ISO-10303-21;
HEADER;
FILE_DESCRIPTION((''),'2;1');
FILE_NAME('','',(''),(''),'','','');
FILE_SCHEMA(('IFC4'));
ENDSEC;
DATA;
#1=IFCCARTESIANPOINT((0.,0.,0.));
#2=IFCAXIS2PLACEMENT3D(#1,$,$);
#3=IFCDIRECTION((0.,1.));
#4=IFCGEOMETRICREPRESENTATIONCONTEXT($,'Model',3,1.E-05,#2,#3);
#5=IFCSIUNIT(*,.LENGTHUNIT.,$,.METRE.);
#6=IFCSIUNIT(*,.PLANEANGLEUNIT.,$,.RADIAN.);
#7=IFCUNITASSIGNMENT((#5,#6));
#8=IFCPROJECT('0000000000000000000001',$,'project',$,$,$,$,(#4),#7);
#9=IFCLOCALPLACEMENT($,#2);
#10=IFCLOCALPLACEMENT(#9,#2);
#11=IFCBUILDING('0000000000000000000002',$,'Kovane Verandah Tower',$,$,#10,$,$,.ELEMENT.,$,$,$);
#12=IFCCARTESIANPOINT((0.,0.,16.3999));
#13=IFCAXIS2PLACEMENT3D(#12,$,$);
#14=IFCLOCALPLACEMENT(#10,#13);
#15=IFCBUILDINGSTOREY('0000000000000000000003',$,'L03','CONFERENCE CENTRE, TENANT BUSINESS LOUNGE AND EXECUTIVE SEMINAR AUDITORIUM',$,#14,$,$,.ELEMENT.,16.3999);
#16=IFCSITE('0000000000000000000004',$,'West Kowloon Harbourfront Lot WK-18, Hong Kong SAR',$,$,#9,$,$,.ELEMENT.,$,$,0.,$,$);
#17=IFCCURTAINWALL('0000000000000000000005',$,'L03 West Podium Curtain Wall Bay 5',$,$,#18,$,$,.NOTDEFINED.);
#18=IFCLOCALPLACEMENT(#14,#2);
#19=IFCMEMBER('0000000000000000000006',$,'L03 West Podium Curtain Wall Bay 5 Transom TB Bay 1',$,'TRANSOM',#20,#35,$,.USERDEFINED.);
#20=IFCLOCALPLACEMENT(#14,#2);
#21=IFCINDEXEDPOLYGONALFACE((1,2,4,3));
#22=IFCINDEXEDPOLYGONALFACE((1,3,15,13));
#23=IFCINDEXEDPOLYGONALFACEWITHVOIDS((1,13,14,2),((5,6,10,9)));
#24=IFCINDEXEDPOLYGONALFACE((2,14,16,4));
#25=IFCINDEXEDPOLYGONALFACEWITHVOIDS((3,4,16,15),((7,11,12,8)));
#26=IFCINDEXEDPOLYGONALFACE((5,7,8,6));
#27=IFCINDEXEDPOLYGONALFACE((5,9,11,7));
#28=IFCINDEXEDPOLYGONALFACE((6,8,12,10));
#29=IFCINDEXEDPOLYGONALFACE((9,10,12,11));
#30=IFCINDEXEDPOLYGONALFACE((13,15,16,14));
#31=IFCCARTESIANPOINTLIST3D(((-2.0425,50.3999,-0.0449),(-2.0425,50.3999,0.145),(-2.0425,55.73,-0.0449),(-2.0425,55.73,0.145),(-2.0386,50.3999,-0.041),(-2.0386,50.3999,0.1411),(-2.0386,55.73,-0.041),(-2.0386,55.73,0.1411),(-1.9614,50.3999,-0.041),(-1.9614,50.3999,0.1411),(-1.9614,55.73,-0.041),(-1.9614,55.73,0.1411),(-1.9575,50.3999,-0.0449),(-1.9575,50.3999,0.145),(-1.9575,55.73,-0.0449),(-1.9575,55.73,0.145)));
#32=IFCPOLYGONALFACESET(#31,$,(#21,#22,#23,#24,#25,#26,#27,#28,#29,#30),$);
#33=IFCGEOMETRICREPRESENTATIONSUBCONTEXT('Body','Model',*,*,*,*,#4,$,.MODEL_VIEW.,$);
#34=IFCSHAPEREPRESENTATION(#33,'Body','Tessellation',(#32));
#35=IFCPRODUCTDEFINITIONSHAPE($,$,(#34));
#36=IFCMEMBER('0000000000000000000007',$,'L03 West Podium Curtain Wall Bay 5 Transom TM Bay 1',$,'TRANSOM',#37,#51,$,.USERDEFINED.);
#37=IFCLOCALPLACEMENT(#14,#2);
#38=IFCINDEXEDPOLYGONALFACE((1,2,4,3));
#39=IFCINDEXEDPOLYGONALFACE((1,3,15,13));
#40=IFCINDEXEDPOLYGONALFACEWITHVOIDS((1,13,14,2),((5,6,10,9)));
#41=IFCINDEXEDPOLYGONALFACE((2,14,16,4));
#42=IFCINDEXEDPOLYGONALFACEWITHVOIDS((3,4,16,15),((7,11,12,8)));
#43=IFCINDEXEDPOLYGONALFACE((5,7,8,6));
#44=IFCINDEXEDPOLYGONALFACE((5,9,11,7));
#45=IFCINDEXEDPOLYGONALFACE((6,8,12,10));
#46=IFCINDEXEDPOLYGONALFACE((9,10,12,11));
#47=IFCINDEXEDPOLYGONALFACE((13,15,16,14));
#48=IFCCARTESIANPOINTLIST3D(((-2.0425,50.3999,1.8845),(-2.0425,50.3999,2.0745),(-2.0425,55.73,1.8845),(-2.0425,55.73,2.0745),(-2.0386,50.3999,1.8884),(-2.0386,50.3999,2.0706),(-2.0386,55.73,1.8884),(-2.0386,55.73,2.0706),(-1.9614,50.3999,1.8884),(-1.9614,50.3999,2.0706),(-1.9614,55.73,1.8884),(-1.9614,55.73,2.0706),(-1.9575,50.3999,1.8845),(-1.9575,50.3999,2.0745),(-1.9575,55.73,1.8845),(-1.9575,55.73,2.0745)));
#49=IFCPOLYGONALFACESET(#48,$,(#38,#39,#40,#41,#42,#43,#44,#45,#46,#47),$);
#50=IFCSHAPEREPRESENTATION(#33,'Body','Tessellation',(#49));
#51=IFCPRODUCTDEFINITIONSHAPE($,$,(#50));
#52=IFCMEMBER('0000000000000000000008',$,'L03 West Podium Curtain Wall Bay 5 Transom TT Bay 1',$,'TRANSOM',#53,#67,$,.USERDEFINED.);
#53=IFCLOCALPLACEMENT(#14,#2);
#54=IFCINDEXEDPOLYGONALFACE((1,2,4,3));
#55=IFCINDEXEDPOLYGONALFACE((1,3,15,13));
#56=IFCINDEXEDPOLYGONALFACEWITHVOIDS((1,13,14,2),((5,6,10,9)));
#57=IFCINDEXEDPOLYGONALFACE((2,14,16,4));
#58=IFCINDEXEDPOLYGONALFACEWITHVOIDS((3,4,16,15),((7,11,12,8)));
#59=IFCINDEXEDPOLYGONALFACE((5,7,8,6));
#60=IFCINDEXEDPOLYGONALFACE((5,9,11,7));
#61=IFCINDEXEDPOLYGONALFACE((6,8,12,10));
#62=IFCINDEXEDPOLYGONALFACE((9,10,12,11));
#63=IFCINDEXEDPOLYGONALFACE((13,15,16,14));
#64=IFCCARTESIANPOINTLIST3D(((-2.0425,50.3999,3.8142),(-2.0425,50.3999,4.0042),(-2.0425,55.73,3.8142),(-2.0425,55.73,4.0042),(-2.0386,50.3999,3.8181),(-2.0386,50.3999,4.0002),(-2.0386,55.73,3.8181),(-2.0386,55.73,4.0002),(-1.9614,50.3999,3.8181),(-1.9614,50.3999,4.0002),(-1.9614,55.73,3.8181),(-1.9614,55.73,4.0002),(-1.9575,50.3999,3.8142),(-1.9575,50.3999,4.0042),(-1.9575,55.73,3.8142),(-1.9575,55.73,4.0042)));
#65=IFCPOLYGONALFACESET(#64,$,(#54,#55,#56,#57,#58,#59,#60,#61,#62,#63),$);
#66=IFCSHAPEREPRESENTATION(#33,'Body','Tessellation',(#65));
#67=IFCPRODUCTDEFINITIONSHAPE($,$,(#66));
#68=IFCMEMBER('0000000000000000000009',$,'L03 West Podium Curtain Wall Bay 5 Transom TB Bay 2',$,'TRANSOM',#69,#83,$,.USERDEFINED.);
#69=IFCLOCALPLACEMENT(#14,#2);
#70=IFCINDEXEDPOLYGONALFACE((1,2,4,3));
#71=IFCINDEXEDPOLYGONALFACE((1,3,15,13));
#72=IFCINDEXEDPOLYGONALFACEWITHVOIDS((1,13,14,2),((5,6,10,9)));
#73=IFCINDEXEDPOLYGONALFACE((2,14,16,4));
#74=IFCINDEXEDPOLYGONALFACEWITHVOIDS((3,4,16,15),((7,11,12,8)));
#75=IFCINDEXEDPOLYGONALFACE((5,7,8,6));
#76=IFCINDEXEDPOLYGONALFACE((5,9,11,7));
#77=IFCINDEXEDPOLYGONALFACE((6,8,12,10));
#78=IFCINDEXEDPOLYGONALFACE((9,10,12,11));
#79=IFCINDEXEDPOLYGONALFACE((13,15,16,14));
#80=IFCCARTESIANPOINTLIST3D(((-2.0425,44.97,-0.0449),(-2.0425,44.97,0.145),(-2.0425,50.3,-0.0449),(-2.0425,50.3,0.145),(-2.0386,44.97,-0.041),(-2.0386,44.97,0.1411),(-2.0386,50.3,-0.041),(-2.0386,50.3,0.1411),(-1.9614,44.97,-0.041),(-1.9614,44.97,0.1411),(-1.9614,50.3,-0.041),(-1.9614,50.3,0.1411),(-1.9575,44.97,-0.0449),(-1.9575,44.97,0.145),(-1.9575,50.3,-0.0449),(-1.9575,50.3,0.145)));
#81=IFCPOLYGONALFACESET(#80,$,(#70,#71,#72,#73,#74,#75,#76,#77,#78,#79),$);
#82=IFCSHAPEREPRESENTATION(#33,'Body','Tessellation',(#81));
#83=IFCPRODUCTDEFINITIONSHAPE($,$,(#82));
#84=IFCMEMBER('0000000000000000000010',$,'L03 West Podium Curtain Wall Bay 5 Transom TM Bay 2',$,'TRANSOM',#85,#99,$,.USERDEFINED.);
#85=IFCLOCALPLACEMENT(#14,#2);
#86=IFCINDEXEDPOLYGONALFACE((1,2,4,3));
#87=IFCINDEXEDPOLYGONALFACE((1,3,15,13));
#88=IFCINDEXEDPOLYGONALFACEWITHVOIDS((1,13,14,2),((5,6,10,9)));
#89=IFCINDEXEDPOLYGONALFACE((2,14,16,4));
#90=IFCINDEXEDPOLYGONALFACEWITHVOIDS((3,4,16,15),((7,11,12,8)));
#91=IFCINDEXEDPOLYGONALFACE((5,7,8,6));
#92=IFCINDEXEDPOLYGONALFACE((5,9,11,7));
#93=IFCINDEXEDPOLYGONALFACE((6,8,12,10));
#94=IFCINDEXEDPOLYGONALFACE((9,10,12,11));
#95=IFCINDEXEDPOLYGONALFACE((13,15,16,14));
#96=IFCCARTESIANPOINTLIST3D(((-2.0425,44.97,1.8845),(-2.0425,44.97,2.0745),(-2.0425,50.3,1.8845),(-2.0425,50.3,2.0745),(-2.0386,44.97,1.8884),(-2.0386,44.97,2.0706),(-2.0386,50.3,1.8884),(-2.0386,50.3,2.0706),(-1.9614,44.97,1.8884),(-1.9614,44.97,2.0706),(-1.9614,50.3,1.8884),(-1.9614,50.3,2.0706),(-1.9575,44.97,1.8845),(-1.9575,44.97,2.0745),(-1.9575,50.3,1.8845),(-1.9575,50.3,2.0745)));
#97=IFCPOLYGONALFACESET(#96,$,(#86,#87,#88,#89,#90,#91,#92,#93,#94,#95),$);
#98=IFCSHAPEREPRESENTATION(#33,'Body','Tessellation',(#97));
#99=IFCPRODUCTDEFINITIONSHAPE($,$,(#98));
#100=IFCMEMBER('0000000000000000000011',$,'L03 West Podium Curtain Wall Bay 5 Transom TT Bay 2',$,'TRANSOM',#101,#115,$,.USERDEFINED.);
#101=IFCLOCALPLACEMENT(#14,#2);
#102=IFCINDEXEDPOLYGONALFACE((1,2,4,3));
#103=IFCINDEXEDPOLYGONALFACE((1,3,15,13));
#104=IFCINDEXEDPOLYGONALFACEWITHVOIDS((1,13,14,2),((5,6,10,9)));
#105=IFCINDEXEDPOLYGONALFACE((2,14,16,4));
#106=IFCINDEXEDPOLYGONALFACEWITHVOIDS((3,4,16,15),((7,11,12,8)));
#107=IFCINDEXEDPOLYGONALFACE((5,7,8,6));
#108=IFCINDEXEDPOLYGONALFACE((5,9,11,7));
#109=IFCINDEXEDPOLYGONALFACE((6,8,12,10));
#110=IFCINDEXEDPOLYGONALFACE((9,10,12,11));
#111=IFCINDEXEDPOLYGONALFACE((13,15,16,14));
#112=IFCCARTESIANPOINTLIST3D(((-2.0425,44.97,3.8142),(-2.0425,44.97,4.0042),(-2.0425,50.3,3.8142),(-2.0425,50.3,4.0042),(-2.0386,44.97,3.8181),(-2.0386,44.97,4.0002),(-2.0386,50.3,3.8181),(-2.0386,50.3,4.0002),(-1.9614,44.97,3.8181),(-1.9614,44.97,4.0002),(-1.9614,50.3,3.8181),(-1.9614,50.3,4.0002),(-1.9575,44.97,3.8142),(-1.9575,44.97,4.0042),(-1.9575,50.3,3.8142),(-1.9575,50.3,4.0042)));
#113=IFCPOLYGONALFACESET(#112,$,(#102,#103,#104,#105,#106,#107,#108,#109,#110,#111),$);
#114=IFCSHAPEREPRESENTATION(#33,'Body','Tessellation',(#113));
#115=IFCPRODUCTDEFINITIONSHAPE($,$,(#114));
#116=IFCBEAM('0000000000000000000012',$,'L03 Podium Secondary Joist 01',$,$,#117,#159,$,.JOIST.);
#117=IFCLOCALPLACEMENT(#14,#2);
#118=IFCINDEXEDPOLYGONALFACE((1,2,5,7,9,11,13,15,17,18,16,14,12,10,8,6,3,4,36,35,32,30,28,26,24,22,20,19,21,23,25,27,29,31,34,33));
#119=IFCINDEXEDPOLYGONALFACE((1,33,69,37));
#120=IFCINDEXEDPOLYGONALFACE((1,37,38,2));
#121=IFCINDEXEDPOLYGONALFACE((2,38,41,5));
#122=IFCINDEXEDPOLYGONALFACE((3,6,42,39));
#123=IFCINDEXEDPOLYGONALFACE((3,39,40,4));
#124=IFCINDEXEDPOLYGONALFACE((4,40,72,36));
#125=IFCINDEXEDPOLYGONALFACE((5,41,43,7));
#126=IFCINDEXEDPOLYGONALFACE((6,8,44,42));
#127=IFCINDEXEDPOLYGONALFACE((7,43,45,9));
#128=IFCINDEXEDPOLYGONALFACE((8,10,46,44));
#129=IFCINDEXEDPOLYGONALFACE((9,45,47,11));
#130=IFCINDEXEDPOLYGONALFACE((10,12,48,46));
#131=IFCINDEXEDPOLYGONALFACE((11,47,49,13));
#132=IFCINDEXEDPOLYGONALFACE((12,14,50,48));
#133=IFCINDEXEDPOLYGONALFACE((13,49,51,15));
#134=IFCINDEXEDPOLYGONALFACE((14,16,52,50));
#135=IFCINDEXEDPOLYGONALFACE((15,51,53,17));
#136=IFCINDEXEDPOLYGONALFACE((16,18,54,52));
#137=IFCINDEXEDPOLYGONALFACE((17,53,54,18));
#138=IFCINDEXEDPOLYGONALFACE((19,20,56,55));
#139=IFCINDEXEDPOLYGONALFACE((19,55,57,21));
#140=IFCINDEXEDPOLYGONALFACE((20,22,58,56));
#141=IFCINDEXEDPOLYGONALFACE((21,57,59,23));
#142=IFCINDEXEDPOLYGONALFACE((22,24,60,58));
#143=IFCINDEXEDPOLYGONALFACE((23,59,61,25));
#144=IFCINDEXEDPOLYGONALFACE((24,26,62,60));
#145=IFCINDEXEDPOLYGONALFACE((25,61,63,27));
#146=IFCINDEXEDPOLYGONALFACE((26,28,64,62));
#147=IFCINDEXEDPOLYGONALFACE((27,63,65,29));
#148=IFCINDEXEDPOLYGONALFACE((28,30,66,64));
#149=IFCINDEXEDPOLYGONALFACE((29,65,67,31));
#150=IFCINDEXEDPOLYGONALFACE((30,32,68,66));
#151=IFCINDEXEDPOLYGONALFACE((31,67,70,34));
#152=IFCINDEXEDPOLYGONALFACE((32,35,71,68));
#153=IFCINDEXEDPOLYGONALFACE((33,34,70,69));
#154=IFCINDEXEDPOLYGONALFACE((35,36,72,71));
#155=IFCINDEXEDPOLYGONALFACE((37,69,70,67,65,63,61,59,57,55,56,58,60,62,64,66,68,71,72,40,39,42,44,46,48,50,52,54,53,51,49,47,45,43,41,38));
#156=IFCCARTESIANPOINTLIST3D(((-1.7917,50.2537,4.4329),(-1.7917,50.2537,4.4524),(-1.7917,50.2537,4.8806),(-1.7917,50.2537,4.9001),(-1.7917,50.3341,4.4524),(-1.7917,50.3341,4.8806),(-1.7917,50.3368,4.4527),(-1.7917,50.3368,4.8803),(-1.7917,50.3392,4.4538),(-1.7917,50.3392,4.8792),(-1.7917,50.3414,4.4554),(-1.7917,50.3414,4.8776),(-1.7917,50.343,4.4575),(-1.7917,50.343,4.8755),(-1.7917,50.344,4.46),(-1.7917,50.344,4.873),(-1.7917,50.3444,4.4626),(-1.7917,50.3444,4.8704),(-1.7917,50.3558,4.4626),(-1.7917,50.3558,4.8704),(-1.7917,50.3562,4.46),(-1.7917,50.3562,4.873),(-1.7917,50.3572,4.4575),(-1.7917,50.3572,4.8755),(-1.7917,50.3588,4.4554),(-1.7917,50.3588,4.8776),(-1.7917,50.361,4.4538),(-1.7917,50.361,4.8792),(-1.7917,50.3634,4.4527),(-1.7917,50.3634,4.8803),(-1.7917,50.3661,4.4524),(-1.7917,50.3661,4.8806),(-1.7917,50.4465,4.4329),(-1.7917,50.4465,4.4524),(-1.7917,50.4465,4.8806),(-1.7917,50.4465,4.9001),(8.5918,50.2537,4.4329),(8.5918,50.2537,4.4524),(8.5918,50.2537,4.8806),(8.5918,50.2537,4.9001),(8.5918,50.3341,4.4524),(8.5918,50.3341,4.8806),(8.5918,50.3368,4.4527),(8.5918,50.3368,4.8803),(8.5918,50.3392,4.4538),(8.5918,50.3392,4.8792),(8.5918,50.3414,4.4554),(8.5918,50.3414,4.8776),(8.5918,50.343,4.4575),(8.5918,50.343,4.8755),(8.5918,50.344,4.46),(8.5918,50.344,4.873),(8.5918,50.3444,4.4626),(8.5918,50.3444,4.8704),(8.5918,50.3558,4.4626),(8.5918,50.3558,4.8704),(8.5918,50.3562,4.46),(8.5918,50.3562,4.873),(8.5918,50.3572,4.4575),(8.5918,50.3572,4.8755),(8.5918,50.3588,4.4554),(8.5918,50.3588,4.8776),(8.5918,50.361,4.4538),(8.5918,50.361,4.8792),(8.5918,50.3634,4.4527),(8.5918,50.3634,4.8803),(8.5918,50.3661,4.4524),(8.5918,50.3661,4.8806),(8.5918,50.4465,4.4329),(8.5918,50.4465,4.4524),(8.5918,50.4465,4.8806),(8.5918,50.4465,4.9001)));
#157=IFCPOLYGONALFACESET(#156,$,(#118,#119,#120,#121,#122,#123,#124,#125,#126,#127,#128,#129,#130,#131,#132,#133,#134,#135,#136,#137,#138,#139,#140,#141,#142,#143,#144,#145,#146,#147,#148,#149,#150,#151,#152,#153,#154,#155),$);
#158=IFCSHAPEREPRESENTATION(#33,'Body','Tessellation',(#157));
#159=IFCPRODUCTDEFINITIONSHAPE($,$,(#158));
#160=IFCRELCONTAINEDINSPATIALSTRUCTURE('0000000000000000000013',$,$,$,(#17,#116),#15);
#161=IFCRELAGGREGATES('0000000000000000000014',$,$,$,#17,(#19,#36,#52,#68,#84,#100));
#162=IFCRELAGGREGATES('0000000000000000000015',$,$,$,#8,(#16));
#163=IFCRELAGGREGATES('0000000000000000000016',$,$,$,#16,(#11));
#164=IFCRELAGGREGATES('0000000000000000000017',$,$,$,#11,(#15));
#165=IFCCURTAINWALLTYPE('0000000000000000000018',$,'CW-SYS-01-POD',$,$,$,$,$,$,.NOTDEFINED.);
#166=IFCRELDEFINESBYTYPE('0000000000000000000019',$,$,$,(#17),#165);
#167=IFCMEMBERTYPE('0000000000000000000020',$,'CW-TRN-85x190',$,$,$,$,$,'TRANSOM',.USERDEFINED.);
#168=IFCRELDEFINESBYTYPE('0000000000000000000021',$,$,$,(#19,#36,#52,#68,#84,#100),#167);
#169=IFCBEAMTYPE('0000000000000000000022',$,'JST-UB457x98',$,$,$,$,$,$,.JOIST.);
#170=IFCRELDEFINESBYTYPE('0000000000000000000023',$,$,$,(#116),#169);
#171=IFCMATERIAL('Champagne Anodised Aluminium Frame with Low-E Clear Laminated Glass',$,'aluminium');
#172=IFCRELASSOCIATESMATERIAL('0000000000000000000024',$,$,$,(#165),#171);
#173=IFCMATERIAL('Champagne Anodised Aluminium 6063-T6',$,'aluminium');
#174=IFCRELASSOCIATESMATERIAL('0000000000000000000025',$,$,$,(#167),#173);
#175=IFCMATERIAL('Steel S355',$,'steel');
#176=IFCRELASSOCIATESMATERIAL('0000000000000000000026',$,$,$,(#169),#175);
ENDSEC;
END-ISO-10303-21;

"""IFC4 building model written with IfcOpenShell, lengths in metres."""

from ifc_helpers import new_model, si_unit, direction, frame, origin, origin_2d, place, context, subcontext, project, spatial, hollow_rectangle, i_section, extrude, material, material_profile, profile_set, type_object, element, aggregate, save


model = new_model("IFC4")

# Units and contexts
model_context = context("Model", 3, precision=1e-05, world=origin(), true_north=direction((0.0, 1.0)))
body_context = subcontext(model_context, "Body", "Model", "MODEL_VIEW")
ifc_project = project(units=[si_unit("LENGTHUNIT", "METRE"), si_unit("PLANEANGLEUNIT", "RADIAN")], contexts=[model_context])

# Site, building, storey
site_placement = place(None, origin())
site = spatial("IfcSite", under=ifc_project, at=site_placement, Name="West Kowloon Harbourfront Lot WK-18, Hong Kong SAR", CompositionType="ELEMENT", RefElevation=0.0)
building_placement = place(site_placement, origin())
building = spatial("IfcBuilding", under=site, at=building_placement, Name="Kovane Verandah Tower", CompositionType="ELEMENT")
storey_placement = place(building_placement, frame((0.0, 0.0, 16.3999)))
storey = spatial("IfcBuildingStorey", under=building, at=storey_placement, Name="L03", Description="CONFERENCE CENTRE, TENANT BUSINESS LOUNGE AND EXECUTIVE SEMINAR AUDITORIUM", CompositionType="ELEMENT", Elevation=16.3999)

# Curtain wall
ifc_material_1 = material(Name="Champagne Anodised Aluminium Frame with Low-E Clear Laminated Glass", Category="aluminium")
curtain_wall_type = type_object("IfcCurtainWallType", Name="CW-SYS-01-POD", PredefinedType="NOTDEFINED", material=ifc_material_1)
ifc_material_2 = material(Name="Champagne Anodised Aluminium 6063-T6", Category="aluminium")
curtain_wall_1_placement = place(storey_placement, origin())
curtain_wall_1 = element("IfcCurtainWall", 1, at=curtain_wall_1_placement, inside=storey, type_object=curtain_wall_type, Name="L03 West Podium Curtain Wall Bay 5", PredefinedType="NOTDEFINED")

# Members
ifc_material_profile_1 = material_profile(ifc_material_2, hollow_rectangle(XDim=0.085, YDim=0.1899, WallThickness=0.0039, at=origin_2d()), Name="AL85x190x4")
ifc_profile_set_1 = profile_set([ifc_material_profile_1], Name="Champagne Anodised Aluminium 6063-T6")
member_type_1 = type_object("IfcMemberType", Name="CW-TRN-85x190", ElementType="TRANSOM", PredefinedType="USERDEFINED", material=ifc_profile_set_1)
member_1_placement = place(storey_placement, frame((-2.0, 55.73, 0.05), z_axis=(0.0, -1.0, 0.0), x_axis=(1.0, 0.0, 0.0)))
member_1 = element("IfcMember", 2, at=member_1_placement, type_object=member_type_1, Name="L03 West Podium Curtain Wall Bay 5 Transom TB Bay 1", ObjectType="TRANSOM", PredefinedType="USERDEFINED", context=body_context, shape_type="SweptSolid", body=[
    extrude(hollow_rectangle(XDim=0.085, YDim=0.1899, WallThickness=0.0039, at=origin_2d()), origin(), (0.0, 0.0, 1.0), 5.3301),
])
member_2_placement = place(storey_placement, frame((-2.0, 55.73, 1.9795), z_axis=(0.0, -1.0, 0.0), x_axis=(1.0, 0.0, 0.0)))
member_2 = element("IfcMember", 3, at=member_2_placement, type_object=member_type_1, Name="L03 West Podium Curtain Wall Bay 5 Transom TM Bay 1", ObjectType="TRANSOM", PredefinedType="USERDEFINED", context=body_context, shape_type="SweptSolid", body=[
    extrude(hollow_rectangle(XDim=0.085, YDim=0.1899, WallThickness=0.0039, at=origin_2d()), origin(), (0.0, 0.0, 1.0), 5.3301),
])
member_3_placement = place(storey_placement, frame((-2.0, 55.73, 3.9092), z_axis=(0.0, -1.0, 0.0), x_axis=(1.0, 0.0, 0.0)))
member_3 = element("IfcMember", 4, at=member_3_placement, type_object=member_type_1, Name="L03 West Podium Curtain Wall Bay 5 Transom TT Bay 1", ObjectType="TRANSOM", PredefinedType="USERDEFINED", context=body_context, shape_type="SweptSolid", body=[
    extrude(hollow_rectangle(XDim=0.085, YDim=0.1899, WallThickness=0.0039, at=origin_2d()), origin(), (0.0, 0.0, 1.0), 5.3301),
])
member_4_placement = place(storey_placement, frame((-2.0, 50.3, 0.05), z_axis=(0.0, -1.0, 0.0), x_axis=(1.0, 0.0, 0.0)))
member_4 = element("IfcMember", 5, at=member_4_placement, type_object=member_type_1, Name="L03 West Podium Curtain Wall Bay 5 Transom TB Bay 2", ObjectType="TRANSOM", PredefinedType="USERDEFINED", context=body_context, shape_type="SweptSolid", body=[
    extrude(hollow_rectangle(XDim=0.085, YDim=0.1899, WallThickness=0.0039, at=origin_2d()), origin(), (0.0, 0.0, 1.0), 5.3301),
])
member_5_placement = place(storey_placement, frame((-2.0, 50.3, 1.9795), z_axis=(0.0, -1.0, 0.0), x_axis=(1.0, 0.0, 0.0)))
member_5 = element("IfcMember", 6, at=member_5_placement, type_object=member_type_1, Name="L03 West Podium Curtain Wall Bay 5 Transom TM Bay 2", ObjectType="TRANSOM", PredefinedType="USERDEFINED", context=body_context, shape_type="SweptSolid", body=[
    extrude(hollow_rectangle(XDim=0.085, YDim=0.1899, WallThickness=0.0039, at=origin_2d()), origin(), (0.0, 0.0, 1.0), 5.3301),
])
member_6_placement = place(storey_placement, frame((-2.0, 50.3, 3.9092), z_axis=(0.0, -1.0, 0.0), x_axis=(1.0, 0.0, 0.0)))
member_6 = element("IfcMember", 7, at=member_6_placement, type_object=member_type_1, Name="L03 West Podium Curtain Wall Bay 5 Transom TT Bay 2", ObjectType="TRANSOM", PredefinedType="USERDEFINED", context=body_context, shape_type="SweptSolid", body=[
    extrude(hollow_rectangle(XDim=0.085, YDim=0.1899, WallThickness=0.0039, at=origin_2d()), origin(), (0.0, 0.0, 1.0), 5.3301),
])

# Beam
ifc_material_3 = material(Name="Steel S355", Category="steel")
ifc_material_profile_2 = material_profile(ifc_material_3, i_section(OverallWidth=0.1929, OverallDepth=0.4673, WebThickness=0.0115, FlangeThickness=0.0195, FilletRadius=0.0103, at=origin_2d()), Name="UB457x191x98")
ifc_profile_set_2 = profile_set([ifc_material_profile_2], Name="Steel S355")
beam_type_1 = type_object("IfcBeamType", Name="JST-UB457x98", PredefinedType="JOIST", material=ifc_profile_set_2)
beam_1_placement = place(storey_placement, frame((-1.7917, 50.3501, 4.6665), z_axis=(1.0, 0.0, 0.0), x_axis=(0.0, 1.0, 0.0)))
element("IfcBeam", 8, at=beam_1_placement, inside=storey, type_object=beam_type_1, Name="L03 Podium Secondary Joist 01", PredefinedType="JOIST", context=body_context, shape_type="SweptSolid", body=[
    extrude(i_section(OverallWidth=0.1929, OverallDepth=0.4673, WebThickness=0.0115, FlangeThickness=0.0195, FilletRadius=0.0103, at=origin_2d()), origin(), (0.0, 0.0, 1.0), 10.3835),
])

aggregate(curtain_wall_1, [member_1, member_2, member_3, member_4, member_5, member_6])

save(model, "model.ifc")
